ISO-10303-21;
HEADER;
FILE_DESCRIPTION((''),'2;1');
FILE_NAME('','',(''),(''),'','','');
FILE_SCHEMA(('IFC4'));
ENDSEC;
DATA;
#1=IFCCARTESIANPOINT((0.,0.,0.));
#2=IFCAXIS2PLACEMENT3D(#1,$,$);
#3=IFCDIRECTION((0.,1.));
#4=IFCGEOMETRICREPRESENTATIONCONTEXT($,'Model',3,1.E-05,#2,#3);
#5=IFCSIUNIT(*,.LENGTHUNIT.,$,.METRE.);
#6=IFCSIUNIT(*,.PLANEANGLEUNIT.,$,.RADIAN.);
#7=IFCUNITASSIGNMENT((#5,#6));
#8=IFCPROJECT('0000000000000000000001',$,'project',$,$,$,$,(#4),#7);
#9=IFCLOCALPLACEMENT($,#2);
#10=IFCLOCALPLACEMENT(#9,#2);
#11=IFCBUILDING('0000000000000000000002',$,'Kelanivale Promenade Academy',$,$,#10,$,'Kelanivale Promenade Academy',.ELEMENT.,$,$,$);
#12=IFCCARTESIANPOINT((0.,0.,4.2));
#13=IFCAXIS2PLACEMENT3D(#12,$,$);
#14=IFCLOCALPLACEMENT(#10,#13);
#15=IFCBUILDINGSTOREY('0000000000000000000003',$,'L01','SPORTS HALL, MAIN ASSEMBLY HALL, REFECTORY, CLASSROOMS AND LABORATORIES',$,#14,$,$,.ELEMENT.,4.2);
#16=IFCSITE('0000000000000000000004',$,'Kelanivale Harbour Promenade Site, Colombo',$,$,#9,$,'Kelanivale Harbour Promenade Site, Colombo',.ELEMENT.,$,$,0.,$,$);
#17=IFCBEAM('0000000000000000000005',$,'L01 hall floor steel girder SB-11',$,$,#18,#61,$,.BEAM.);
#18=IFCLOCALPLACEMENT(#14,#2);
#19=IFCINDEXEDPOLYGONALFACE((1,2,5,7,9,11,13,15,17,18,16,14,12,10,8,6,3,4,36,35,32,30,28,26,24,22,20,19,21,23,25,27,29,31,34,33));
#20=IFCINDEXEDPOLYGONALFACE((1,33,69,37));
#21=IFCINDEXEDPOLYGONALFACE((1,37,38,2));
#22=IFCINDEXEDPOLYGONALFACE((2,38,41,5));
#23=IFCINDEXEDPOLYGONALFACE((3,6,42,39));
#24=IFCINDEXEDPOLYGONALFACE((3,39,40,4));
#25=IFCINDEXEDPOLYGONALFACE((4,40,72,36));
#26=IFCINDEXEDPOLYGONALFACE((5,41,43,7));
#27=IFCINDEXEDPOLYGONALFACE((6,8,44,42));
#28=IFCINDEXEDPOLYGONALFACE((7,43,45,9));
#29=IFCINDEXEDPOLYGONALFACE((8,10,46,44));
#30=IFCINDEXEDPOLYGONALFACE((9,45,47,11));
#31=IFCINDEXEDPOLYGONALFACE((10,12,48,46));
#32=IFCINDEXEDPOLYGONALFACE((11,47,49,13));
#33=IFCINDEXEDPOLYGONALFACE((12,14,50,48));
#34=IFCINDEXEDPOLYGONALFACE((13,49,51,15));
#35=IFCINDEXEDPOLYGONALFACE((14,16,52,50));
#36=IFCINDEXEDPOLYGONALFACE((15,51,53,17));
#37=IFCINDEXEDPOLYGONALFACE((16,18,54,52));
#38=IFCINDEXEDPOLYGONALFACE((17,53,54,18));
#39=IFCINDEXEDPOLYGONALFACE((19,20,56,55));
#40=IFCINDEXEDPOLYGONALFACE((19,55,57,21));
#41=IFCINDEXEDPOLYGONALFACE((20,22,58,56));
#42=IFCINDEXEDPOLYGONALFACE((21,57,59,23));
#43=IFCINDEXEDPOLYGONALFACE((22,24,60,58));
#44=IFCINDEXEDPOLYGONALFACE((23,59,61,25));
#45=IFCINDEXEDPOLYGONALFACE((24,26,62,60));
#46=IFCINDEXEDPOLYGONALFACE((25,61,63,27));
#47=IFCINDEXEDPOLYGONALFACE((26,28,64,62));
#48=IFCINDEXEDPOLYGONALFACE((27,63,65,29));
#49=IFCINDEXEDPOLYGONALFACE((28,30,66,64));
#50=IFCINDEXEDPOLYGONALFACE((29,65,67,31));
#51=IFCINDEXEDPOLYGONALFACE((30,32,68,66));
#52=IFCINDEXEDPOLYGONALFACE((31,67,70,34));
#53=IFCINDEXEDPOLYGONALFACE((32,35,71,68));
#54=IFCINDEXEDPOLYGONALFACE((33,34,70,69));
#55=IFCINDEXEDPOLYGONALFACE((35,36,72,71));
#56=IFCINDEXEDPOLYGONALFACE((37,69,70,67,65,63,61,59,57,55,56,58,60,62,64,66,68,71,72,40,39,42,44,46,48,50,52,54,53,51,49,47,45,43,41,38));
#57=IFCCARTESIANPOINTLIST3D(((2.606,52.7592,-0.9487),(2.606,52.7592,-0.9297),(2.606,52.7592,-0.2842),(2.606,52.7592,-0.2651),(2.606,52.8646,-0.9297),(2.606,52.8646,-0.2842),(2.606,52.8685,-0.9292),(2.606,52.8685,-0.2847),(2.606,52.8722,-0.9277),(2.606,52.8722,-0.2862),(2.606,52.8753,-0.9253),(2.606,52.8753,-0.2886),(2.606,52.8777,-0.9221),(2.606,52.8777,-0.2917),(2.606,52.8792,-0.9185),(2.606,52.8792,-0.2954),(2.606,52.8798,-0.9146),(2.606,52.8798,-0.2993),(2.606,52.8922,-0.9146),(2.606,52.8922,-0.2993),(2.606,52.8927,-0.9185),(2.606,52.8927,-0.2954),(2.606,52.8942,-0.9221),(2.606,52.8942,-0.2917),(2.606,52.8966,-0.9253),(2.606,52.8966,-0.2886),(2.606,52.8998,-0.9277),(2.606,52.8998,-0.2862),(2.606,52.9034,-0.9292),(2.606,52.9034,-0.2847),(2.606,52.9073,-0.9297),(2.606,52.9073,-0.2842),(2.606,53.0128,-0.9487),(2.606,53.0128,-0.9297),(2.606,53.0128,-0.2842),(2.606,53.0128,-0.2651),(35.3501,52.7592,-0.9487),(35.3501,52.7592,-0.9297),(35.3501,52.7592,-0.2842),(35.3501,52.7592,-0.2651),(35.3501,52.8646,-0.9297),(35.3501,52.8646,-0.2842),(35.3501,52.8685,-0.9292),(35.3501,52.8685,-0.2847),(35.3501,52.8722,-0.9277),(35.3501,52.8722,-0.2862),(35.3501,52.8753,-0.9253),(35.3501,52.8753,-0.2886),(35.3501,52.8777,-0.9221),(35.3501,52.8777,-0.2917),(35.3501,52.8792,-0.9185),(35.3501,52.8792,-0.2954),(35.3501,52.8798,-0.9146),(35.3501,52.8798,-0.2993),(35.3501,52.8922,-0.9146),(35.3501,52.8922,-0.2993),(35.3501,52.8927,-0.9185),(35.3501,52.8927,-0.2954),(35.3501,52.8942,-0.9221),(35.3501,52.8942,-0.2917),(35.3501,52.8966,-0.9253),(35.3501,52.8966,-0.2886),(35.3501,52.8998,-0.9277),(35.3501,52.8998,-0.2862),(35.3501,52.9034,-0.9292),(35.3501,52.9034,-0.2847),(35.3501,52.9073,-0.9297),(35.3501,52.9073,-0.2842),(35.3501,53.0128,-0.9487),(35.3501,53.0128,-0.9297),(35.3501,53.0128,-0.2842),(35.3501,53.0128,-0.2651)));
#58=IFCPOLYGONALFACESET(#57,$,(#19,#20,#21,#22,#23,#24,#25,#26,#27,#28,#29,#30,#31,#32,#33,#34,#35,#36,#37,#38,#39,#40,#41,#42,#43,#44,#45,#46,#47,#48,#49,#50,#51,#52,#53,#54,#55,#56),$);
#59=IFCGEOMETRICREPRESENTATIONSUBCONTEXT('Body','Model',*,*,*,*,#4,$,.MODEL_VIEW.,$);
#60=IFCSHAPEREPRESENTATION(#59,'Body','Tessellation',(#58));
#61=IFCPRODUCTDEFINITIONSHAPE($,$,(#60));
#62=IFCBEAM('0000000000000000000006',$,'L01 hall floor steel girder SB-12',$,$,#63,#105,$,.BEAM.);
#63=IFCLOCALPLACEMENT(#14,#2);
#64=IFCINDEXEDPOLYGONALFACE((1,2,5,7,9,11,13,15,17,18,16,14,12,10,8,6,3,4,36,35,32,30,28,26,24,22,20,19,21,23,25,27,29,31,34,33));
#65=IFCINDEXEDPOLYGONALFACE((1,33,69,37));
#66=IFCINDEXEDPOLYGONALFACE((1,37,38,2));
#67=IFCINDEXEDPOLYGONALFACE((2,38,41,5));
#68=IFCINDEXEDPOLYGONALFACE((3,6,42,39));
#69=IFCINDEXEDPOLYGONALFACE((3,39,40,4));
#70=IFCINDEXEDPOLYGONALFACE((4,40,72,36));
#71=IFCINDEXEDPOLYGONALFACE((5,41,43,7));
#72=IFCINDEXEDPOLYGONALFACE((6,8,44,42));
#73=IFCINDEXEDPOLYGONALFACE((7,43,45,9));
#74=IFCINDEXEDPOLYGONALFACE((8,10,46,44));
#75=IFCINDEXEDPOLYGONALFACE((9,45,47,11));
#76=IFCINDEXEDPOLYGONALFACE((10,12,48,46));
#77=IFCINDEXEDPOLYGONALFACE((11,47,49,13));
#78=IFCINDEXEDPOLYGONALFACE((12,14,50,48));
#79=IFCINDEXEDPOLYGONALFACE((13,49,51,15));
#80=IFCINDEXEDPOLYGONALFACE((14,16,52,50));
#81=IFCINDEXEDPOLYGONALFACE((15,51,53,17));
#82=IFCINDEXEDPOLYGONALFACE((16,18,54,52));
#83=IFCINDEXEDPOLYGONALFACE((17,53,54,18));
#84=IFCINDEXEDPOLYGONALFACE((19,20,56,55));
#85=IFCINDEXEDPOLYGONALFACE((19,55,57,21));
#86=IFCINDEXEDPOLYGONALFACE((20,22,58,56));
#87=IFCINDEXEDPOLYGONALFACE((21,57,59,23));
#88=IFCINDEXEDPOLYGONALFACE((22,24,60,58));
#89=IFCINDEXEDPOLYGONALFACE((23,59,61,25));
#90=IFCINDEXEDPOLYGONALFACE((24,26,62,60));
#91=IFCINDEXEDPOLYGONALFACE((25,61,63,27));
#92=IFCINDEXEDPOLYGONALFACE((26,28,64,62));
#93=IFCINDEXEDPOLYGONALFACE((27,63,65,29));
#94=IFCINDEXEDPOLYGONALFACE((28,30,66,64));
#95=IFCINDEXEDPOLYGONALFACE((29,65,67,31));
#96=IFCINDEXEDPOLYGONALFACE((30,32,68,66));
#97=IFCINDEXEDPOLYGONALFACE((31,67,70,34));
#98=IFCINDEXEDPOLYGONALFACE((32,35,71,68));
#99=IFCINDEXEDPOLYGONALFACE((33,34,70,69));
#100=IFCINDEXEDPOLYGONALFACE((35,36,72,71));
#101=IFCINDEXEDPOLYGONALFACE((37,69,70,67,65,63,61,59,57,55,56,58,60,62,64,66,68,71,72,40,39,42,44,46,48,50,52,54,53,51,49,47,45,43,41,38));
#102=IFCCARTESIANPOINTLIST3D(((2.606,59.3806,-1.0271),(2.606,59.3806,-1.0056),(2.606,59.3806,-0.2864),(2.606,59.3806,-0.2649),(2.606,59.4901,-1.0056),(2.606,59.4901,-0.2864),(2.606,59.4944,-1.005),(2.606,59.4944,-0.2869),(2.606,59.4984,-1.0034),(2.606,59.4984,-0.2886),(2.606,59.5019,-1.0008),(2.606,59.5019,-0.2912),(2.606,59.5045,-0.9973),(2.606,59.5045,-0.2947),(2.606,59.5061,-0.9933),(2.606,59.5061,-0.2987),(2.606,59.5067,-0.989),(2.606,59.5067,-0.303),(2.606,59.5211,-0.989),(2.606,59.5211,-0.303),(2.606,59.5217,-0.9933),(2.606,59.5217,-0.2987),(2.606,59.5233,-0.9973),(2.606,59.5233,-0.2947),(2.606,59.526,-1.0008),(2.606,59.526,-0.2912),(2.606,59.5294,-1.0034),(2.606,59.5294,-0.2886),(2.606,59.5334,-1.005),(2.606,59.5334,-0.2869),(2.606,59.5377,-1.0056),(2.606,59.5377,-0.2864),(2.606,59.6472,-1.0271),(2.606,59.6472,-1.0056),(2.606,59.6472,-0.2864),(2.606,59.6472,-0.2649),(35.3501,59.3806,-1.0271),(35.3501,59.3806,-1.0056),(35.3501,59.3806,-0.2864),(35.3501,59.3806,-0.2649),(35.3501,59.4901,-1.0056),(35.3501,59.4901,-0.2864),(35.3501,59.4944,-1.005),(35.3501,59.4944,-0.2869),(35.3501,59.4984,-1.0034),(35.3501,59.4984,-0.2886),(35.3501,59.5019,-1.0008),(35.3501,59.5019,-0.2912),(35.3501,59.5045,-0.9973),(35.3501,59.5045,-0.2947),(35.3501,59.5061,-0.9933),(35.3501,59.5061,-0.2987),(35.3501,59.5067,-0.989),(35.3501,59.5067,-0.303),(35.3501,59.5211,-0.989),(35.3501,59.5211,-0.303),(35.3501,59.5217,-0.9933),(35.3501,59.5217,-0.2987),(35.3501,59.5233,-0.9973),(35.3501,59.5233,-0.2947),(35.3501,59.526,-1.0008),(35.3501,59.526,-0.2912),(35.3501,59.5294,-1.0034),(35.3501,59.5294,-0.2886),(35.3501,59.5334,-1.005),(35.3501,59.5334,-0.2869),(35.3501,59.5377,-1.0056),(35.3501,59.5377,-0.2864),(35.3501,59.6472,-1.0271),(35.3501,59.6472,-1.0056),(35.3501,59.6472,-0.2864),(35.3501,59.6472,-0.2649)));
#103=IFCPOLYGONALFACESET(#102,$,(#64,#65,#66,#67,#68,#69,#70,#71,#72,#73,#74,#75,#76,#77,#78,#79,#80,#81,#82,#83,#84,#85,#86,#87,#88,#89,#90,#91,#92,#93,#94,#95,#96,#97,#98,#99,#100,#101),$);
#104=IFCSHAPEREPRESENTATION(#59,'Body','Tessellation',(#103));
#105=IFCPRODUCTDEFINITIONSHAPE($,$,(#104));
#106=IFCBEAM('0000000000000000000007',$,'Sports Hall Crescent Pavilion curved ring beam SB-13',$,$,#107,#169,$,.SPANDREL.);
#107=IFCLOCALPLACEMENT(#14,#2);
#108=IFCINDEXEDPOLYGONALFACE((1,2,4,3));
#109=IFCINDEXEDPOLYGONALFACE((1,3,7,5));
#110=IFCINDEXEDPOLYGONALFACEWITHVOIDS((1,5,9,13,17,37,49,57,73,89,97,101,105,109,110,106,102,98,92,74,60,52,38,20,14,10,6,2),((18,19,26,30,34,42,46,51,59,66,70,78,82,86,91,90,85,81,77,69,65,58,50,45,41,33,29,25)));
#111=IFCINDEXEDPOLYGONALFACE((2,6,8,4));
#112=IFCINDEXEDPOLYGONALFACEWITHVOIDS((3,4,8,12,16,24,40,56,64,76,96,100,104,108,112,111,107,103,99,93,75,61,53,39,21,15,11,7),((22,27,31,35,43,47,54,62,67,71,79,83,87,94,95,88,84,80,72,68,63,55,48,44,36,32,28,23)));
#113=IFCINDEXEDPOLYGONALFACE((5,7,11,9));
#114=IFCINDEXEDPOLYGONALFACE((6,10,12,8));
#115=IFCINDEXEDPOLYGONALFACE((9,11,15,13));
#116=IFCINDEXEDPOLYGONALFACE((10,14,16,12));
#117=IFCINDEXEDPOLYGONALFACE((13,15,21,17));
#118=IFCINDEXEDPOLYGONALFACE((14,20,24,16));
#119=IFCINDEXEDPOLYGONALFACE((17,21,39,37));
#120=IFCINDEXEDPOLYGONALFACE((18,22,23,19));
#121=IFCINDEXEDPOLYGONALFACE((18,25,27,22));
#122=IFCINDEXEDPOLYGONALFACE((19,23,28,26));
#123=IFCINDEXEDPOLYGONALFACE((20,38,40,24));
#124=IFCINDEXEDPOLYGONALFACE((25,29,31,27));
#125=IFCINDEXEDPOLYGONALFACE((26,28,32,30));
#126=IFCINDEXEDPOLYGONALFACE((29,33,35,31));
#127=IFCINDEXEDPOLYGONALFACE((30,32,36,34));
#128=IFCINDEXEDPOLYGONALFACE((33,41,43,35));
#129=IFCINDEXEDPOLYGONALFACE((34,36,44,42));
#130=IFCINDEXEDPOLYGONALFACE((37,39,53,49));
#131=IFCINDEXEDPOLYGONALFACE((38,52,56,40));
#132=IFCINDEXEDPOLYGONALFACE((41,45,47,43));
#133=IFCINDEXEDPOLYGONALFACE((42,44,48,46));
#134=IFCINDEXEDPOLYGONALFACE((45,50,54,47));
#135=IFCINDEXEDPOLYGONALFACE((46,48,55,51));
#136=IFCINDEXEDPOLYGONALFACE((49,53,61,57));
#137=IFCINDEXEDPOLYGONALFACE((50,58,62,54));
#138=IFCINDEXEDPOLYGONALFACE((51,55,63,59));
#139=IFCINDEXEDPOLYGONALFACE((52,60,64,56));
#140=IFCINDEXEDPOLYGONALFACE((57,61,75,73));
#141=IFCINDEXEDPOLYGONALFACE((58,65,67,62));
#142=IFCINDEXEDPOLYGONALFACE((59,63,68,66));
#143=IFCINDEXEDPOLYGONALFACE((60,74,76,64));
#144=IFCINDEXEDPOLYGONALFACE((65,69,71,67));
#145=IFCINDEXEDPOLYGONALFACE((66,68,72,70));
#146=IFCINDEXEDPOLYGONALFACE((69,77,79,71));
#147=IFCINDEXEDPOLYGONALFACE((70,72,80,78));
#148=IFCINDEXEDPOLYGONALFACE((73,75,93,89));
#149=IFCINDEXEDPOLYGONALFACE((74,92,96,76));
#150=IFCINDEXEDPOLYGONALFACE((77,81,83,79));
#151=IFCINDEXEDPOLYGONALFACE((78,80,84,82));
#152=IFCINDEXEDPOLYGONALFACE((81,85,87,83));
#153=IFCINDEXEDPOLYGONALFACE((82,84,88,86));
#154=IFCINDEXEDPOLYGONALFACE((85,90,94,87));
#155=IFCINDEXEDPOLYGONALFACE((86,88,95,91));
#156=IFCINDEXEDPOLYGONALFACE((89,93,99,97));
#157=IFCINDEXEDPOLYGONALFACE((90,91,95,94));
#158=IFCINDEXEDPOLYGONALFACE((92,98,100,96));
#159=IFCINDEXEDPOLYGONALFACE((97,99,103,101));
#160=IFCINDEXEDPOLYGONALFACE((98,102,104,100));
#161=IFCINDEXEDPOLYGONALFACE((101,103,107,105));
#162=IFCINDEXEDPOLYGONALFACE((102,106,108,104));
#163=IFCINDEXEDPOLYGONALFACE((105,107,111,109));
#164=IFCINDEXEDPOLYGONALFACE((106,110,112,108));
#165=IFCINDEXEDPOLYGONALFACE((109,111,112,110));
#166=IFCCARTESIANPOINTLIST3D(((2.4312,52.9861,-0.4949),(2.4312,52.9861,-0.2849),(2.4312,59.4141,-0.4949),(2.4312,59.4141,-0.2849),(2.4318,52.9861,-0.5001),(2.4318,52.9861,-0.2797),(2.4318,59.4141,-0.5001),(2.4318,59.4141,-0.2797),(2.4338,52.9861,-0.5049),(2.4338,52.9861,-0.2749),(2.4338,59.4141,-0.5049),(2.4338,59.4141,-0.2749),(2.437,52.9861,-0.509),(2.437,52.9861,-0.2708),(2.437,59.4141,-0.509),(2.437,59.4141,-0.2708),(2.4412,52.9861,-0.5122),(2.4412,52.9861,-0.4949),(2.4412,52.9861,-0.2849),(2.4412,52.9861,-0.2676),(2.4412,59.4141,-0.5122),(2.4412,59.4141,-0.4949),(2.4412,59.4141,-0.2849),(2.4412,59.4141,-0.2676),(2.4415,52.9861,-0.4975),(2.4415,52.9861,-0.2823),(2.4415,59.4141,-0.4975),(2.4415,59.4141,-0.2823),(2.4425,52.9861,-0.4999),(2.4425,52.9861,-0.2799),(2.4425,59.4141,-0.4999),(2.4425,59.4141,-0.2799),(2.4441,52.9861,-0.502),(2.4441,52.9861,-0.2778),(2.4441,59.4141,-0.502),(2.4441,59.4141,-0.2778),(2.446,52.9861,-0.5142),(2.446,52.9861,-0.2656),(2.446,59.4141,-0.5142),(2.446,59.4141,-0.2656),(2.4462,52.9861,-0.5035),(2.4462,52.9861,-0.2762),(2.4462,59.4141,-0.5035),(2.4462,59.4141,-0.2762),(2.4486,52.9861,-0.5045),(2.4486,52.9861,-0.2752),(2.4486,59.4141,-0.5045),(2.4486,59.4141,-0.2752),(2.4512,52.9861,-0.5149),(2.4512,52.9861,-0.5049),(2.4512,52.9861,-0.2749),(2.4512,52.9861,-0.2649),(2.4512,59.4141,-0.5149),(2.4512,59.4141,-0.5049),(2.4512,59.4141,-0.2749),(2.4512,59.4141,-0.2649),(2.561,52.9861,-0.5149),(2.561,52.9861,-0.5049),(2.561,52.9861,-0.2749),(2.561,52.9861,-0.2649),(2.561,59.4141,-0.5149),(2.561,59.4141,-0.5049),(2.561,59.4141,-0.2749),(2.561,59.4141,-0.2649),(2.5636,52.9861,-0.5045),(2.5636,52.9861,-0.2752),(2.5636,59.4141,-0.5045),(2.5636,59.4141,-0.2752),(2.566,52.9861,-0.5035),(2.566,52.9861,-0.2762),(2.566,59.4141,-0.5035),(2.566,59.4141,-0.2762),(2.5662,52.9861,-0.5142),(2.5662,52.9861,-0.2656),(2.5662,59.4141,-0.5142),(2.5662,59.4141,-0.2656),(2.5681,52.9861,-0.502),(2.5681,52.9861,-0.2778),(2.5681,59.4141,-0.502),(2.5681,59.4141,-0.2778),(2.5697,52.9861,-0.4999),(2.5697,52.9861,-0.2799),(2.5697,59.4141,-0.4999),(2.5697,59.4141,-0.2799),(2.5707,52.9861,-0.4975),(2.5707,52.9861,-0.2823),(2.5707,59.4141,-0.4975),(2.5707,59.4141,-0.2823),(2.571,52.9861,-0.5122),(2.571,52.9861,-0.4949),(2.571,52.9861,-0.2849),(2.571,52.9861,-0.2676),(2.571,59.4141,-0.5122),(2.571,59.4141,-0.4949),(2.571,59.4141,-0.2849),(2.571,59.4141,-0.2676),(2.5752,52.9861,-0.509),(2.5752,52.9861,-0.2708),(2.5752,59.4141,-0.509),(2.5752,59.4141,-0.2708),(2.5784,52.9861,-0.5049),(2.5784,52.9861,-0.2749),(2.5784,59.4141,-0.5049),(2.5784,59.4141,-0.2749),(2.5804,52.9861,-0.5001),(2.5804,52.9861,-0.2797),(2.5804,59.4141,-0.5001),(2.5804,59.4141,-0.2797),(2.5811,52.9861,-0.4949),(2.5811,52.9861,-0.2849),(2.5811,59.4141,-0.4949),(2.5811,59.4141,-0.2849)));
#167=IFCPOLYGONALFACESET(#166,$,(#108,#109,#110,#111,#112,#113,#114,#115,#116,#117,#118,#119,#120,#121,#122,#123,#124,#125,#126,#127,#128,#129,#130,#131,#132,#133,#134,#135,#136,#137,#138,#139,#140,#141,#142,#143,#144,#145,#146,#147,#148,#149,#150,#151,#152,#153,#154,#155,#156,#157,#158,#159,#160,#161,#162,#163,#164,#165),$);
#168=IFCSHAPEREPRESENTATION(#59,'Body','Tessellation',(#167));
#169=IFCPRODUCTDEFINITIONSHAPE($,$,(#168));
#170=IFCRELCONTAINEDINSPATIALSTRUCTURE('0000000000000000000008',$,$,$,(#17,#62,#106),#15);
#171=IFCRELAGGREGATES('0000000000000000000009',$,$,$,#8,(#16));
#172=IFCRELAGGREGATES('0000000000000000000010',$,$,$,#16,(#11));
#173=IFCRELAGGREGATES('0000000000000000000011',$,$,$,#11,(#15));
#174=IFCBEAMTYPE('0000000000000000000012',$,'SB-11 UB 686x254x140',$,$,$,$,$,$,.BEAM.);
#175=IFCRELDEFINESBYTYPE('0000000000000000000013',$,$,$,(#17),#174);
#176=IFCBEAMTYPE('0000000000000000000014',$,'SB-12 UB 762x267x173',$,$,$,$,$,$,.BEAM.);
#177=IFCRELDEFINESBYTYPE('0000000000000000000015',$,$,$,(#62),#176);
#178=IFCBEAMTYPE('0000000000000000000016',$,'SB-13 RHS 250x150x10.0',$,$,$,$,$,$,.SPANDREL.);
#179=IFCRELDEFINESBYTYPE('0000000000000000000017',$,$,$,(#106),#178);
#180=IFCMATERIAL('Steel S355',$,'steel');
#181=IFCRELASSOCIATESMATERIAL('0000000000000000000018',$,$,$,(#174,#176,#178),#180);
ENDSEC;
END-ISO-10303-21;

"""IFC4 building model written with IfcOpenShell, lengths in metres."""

from ifc_helpers import new_model, si_unit, direction, frame, origin, origin_2d, place, context, subcontext, project, spatial, hollow_rectangle, i_section, extrude, material, material_profile, profile_set, type_object, element, save


model = new_model("IFC4")

# Units and contexts
model_context = context("Model", 3, precision=1e-05, world=origin(), true_north=direction((0.0, 1.0)))
body_context = subcontext(model_context, "Body", "Model", "MODEL_VIEW")
ifc_project = project(units=[si_unit("LENGTHUNIT", "METRE"), si_unit("PLANEANGLEUNIT", "RADIAN")], contexts=[model_context])

# Site, building, storey
site_placement = place(None, origin())
site = spatial("IfcSite", under=ifc_project, at=site_placement, Name="Kelanivale Harbour Promenade Site, Colombo", LongName="Kelanivale Harbour Promenade Site, Colombo", CompositionType="ELEMENT", RefElevation=0.0)
building_placement = place(site_placement, origin())
building = spatial("IfcBuilding", under=site, at=building_placement, Name="Kelanivale Promenade Academy", LongName="Kelanivale Promenade Academy", CompositionType="ELEMENT")
storey_placement = place(building_placement, frame((0.0, 0.0, 4.2)))
storey = spatial("IfcBuildingStorey", under=building, at=storey_placement, Name="L01", Description="SPORTS HALL, MAIN ASSEMBLY HALL, REFECTORY, CLASSROOMS AND LABORATORIES", CompositionType="ELEMENT", Elevation=4.2)

# Shared definitions
ifc_material_1 = material(Name="Steel S355", Category="steel")

# Beams
ifc_material_profile_1 = material_profile(ifc_material_1, i_section(OverallWidth=0.2537, OverallDepth=0.6836, WebThickness=0.0125, FlangeThickness=0.019, FilletRadius=0.0151, at=origin_2d()), Name="UB 686x254x140")
ifc_profile_set_1 = profile_set([ifc_material_profile_1], Name="Steel S355")
beam_type_1 = type_object("IfcBeamType", Name="SB-11 UB 686x254x140", PredefinedType="BEAM", material=ifc_profile_set_1)
beam_1_placement = place(storey_placement, frame((2.606, 52.886, -0.6069), z_axis=(1.0, 0.0, 0.0), x_axis=(0.0, 1.0, 0.0)))
element("IfcBeam", 1, at=beam_1_placement, inside=storey, type_object=beam_type_1, Name="L01 hall floor steel girder SB-11", PredefinedType="BEAM", context=body_context, shape_type="SweptSolid", body=[
    extrude(i_section(OverallWidth=0.2537, OverallDepth=0.6836, WebThickness=0.0125, FlangeThickness=0.019, FilletRadius=0.0151, at=origin_2d()), origin(), (0.0, 0.0, 1.0), 32.7441),
])
ifc_material_profile_2 = material_profile(ifc_material_1, i_section(OverallWidth=0.2666, OverallDepth=0.7622, WebThickness=0.0144, FlangeThickness=0.0215, FilletRadius=0.0166, at=origin_2d()), Name="UB 762x267x173")
ifc_profile_set_2 = profile_set([ifc_material_profile_2], Name="Steel S355")
beam_type_2 = type_object("IfcBeamType", Name="SB-12 UB 762x267x173", PredefinedType="BEAM", material=ifc_profile_set_2)
beam_2_placement = place(storey_placement, frame((2.606, 59.5139, -0.646), z_axis=(1.0, 0.0, 0.0), x_axis=(0.0, 1.0, 0.0)))
element("IfcBeam", 2, at=beam_2_placement, inside=storey, type_object=beam_type_2, Name="L01 hall floor steel girder SB-12", PredefinedType="BEAM", context=body_context, shape_type="SweptSolid", body=[
    extrude(i_section(OverallWidth=0.2666, OverallDepth=0.7622, WebThickness=0.0144, FlangeThickness=0.0215, FilletRadius=0.0166, at=origin_2d()), origin(), (0.0, 0.0, 1.0), 32.7441),
])
ifc_material_profile_3 = material_profile(ifc_material_1, hollow_rectangle(XDim=0.1499, YDim=0.25, WallThickness=0.01, InnerFilletRadius=0.01, OuterFilletRadius=0.02, at=origin_2d()), Name="RHS 250x150x10.0")
ifc_profile_set_3 = profile_set([ifc_material_profile_3], Name="Steel S355")
beam_type_3 = type_object("IfcBeamType", Name="SB-13 RHS 250x150x10.0", PredefinedType="SPANDREL", material=ifc_profile_set_3)
beam_3_placement = place(storey_placement, frame((2.5061, 52.9861, -0.3899), z_axis=(0.0, 1.0, 0.0), x_axis=(-1.0, 0.0, 0.0)))
element("IfcBeam", 3, at=beam_3_placement, inside=storey, type_object=beam_type_3, Name="Sports Hall Crescent Pavilion curved ring beam SB-13", PredefinedType="SPANDREL", context=body_context, shape_type="SweptSolid", body=[
    extrude(hollow_rectangle(XDim=0.1499, YDim=0.25, WallThickness=0.01, InnerFilletRadius=0.01, OuterFilletRadius=0.02, at=origin_2d()), origin(), (0.0, 0.0, 1.0), 6.428),
])

save(model, "model.ifc")
